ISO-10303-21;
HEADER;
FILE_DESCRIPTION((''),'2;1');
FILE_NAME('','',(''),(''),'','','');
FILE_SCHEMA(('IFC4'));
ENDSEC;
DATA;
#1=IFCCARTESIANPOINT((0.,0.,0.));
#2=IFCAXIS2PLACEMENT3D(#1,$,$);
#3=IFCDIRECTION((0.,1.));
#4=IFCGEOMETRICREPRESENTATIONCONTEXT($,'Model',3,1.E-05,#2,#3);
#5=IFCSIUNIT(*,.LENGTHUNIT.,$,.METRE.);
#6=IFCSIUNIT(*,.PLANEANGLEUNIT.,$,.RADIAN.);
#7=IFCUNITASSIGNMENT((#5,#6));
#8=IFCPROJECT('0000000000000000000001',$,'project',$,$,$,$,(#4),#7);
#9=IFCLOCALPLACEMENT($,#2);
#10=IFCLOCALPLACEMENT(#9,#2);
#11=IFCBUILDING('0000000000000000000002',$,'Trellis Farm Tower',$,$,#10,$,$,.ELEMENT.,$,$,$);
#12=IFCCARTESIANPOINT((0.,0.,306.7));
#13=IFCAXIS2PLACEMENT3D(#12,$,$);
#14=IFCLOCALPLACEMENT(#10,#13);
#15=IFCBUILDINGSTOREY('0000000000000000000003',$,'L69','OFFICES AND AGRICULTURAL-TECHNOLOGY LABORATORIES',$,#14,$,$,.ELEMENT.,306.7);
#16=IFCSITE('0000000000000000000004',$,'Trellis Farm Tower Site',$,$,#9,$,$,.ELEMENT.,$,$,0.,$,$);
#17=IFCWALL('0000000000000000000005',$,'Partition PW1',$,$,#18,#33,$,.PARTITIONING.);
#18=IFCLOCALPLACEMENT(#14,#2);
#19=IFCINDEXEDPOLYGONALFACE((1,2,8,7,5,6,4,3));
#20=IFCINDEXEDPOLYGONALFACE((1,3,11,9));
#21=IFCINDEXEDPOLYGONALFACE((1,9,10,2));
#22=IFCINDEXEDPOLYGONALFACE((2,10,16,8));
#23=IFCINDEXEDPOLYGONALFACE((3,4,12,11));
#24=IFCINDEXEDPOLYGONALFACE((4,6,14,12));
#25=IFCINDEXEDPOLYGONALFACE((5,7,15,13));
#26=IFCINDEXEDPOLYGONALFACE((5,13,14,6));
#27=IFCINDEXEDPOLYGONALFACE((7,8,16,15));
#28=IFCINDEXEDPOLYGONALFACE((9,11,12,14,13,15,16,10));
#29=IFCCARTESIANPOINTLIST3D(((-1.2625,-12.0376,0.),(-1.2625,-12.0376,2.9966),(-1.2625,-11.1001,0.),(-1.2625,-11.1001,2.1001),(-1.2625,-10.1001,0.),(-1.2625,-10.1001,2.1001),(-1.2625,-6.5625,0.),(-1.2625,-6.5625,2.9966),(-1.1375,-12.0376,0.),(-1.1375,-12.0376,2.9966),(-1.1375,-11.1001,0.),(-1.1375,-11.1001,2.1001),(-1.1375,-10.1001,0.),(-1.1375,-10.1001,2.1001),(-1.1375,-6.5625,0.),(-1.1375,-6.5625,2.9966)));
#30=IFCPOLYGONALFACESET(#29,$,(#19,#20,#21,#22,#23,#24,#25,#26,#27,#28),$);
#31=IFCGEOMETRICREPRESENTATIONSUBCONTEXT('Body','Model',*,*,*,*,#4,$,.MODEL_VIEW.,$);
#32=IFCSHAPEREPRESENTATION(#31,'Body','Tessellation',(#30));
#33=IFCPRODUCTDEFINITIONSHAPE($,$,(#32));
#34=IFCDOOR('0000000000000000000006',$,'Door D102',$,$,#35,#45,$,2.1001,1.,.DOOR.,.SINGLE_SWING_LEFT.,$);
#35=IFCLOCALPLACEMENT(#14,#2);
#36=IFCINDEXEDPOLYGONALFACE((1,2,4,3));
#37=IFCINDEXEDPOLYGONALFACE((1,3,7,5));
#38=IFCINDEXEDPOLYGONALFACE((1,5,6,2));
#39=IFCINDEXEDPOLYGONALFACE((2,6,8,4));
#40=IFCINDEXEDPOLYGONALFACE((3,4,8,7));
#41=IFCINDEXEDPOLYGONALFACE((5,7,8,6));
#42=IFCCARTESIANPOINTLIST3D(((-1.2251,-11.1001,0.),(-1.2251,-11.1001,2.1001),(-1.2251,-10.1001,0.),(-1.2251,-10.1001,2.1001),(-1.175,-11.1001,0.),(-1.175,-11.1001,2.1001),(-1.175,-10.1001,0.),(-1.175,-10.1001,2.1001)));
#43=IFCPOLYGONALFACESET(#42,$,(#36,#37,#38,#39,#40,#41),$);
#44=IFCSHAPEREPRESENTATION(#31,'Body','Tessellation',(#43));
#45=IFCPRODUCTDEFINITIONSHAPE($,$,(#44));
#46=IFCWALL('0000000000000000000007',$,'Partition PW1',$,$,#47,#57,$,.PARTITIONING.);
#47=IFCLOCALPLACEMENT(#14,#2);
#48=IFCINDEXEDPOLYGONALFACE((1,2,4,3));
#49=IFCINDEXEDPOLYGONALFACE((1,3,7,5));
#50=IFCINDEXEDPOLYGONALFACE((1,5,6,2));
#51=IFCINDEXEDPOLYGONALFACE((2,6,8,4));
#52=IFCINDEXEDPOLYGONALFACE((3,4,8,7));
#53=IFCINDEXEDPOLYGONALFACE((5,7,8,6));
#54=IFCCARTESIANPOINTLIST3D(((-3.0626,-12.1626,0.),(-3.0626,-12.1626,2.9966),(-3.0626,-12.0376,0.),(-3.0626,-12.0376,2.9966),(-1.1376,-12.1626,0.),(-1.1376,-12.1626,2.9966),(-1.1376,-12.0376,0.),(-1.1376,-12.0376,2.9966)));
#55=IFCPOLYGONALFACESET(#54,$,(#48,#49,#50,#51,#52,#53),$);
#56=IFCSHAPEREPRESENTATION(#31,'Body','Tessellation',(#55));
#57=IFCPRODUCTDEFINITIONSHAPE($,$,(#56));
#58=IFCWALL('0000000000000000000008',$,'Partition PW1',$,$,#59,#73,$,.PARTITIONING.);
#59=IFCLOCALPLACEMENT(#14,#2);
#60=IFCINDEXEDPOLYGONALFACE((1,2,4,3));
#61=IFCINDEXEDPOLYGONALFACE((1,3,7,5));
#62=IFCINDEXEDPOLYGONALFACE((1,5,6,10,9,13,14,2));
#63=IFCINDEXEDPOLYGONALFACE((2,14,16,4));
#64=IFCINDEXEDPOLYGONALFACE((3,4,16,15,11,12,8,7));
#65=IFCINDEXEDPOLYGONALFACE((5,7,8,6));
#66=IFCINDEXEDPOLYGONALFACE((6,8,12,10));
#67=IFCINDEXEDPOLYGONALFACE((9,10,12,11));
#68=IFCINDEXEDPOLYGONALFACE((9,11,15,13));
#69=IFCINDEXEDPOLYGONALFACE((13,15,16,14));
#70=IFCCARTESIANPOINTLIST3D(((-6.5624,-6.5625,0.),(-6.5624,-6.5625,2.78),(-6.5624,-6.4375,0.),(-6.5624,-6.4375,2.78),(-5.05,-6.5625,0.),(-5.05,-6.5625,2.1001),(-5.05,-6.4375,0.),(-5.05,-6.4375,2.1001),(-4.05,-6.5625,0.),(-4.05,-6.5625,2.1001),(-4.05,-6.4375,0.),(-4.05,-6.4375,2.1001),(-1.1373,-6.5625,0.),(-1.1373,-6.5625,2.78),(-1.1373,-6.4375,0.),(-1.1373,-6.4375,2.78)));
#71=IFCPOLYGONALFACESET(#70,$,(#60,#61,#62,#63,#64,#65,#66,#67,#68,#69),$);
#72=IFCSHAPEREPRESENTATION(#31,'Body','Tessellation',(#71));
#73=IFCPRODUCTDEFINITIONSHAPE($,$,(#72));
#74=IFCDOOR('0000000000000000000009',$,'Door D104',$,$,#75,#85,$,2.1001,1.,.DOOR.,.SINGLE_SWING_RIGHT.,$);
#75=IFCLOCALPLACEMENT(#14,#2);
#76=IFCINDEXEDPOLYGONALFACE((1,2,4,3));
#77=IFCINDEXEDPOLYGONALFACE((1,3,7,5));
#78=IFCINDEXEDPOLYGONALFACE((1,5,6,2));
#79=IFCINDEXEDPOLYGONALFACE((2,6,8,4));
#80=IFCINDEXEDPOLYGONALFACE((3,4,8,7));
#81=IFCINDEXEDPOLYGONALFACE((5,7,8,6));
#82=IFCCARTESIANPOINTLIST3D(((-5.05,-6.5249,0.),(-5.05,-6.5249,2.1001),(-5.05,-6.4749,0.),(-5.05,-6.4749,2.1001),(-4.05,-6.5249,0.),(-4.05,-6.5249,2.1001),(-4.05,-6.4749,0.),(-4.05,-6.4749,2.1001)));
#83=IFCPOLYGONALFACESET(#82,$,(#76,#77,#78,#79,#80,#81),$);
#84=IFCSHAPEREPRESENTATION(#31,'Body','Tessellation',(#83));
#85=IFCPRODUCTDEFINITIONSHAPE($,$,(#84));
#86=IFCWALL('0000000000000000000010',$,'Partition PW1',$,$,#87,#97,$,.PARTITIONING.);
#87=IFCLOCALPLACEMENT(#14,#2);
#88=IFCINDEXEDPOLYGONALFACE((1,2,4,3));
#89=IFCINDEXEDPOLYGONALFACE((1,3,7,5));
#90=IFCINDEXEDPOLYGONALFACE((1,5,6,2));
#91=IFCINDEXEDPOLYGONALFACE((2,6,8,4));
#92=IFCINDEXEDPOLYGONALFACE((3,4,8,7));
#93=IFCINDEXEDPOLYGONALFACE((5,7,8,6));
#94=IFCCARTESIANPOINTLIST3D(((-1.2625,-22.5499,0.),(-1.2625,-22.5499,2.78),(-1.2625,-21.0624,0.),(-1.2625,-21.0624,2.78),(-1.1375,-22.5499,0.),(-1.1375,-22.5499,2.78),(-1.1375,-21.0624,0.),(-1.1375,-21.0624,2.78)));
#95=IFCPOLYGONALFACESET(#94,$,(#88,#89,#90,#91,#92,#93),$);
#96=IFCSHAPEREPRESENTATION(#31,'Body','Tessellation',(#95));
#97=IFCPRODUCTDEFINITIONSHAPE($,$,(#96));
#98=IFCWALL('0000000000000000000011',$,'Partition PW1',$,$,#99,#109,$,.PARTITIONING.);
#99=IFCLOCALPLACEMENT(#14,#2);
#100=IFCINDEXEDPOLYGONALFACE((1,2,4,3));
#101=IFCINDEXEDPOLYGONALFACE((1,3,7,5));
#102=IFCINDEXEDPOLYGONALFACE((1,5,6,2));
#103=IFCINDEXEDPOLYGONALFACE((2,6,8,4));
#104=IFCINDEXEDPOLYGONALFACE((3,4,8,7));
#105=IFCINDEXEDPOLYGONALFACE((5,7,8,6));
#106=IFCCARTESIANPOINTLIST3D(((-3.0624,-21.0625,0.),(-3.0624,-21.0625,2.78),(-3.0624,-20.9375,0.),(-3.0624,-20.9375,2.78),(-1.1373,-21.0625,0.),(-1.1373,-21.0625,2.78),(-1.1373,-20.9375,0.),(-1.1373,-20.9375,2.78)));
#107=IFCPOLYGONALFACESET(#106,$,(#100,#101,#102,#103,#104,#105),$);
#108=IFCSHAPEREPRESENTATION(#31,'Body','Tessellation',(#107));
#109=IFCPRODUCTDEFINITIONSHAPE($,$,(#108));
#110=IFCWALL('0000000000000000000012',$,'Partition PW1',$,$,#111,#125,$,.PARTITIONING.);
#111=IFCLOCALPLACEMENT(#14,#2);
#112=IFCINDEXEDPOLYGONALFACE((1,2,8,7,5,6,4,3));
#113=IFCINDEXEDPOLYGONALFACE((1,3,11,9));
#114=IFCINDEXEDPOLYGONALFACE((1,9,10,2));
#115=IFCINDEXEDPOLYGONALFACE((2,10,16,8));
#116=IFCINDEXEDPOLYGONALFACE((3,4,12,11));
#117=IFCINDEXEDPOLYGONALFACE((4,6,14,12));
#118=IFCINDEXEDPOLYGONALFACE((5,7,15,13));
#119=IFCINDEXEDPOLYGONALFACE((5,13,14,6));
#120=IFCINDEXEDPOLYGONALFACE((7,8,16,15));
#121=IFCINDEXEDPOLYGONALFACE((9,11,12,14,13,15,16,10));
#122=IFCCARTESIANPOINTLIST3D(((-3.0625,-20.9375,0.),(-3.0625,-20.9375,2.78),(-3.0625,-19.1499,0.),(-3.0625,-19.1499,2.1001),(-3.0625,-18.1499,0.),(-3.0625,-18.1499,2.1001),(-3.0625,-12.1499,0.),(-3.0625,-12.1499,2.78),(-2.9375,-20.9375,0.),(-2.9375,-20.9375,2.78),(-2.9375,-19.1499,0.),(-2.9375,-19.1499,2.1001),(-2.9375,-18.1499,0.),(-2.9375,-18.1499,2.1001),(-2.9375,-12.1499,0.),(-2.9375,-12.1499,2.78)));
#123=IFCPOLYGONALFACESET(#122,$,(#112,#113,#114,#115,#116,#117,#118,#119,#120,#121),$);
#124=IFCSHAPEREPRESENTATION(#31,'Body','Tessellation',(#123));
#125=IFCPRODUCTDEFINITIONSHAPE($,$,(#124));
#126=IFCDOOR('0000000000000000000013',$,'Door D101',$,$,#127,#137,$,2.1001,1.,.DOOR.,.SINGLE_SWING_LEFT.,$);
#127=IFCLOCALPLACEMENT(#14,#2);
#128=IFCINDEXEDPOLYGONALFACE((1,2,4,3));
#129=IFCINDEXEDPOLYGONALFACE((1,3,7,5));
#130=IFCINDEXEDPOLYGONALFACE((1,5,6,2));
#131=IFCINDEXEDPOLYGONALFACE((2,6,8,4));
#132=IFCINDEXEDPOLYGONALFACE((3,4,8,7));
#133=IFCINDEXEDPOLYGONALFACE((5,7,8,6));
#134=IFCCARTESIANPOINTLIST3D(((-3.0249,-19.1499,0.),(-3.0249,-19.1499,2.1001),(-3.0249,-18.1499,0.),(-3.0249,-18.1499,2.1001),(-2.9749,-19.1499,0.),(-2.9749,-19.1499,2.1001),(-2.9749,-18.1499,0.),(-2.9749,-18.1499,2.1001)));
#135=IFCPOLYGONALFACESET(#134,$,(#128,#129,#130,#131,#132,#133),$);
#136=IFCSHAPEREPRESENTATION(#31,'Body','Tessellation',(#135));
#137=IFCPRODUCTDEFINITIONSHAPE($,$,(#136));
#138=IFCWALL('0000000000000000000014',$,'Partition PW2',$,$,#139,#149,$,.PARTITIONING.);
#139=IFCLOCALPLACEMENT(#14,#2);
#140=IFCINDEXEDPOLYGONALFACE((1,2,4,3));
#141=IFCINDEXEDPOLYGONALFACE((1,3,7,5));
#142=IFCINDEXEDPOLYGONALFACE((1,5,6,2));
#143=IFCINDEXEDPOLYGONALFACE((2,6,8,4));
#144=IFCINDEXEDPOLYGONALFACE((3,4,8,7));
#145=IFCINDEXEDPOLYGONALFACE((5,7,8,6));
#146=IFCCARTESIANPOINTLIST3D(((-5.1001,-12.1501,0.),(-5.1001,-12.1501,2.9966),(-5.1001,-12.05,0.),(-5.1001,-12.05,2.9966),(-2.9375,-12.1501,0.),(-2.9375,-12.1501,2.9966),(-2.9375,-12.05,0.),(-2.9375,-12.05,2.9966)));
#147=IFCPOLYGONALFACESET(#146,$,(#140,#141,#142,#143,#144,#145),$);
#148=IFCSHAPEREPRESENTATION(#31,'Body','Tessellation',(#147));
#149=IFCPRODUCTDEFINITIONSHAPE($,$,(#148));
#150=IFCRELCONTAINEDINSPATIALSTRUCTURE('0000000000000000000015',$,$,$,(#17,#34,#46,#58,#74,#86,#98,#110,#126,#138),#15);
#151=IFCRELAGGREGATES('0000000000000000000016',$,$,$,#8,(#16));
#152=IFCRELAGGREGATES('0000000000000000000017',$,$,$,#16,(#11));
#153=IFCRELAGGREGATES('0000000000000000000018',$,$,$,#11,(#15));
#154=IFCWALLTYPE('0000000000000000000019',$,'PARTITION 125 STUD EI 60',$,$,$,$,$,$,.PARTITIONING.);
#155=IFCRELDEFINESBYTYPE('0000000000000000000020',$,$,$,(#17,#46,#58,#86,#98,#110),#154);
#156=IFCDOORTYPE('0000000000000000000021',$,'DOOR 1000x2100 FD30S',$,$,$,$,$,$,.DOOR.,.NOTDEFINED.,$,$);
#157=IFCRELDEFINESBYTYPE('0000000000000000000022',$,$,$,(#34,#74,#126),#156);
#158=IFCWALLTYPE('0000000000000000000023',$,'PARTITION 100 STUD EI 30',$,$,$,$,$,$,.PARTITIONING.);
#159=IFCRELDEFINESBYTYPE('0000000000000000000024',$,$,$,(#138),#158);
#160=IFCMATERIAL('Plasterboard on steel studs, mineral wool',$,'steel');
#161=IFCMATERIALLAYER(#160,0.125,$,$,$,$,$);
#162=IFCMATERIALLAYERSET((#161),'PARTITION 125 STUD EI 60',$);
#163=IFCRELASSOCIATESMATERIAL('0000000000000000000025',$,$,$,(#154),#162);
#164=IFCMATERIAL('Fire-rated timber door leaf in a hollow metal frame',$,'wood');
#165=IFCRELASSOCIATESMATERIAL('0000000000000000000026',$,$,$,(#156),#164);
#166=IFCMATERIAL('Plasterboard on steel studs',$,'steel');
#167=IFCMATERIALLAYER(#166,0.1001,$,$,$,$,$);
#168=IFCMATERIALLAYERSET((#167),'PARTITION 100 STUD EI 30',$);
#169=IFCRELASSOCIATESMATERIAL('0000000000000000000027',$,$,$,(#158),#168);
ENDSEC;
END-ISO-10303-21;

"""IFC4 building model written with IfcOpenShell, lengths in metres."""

from ifc_helpers import new_model, si_unit, direction, frame, frame_2d, origin, place, context, subcontext, project, spatial, rectangle, extrude, source, transform, mapped, material, layer, layer_set, type_object, element, fill, save


model = new_model("IFC4")

# Units and contexts
model_context = context("Model", 3, precision=1e-05, world=origin(), true_north=direction((0.0, 1.0)))
body_context = subcontext(model_context, "Body", "Model", "MODEL_VIEW")
ifc_project = project(units=[si_unit("LENGTHUNIT", "METRE"), si_unit("PLANEANGLEUNIT", "RADIAN")], contexts=[model_context])

# Site, building, storey
site_placement = place(None, origin())
site = spatial("IfcSite", under=ifc_project, at=site_placement, Name="Trellis Farm Tower Site", CompositionType="ELEMENT", RefElevation=0.0)
building_placement = place(site_placement, origin())
building = spatial("IfcBuilding", under=site, at=building_placement, Name="Trellis Farm Tower", CompositionType="ELEMENT")
storey_placement = place(building_placement, frame((0.0, 0.0, 306.7)))
storey = spatial("IfcBuildingStorey", under=building, at=storey_placement, Name="L69", Description="OFFICES AND AGRICULTURAL-TECHNOLOGY LABORATORIES", CompositionType="ELEMENT", Elevation=306.7)

# Wall, opening, door
ifc_material_1 = material(Name="Plasterboard on steel studs, mineral wool", Category="steel")
ifc_layer_1 = layer(ifc_material_1, 0.125)
ifc_layer_set_1 = layer_set([ifc_layer_1], Name="PARTITION 125 STUD EI 60")
wall_type_1 = type_object("IfcWallType", Name="PARTITION 125 STUD EI 60", PredefinedType="PARTITIONING", material=ifc_layer_set_1)
shared_shape_1 = source(origin(), body_context, "Body", "SweptSolid", [
    extrude(rectangle(XDim=5.4751, YDim=0.125, at=frame_2d((2.7375, 0.0))), origin(), (0.0, 0.0, 1.0), 2.9966),
])
wall_1_placement = place(storey_placement, frame((-1.2, -6.5625, 0.0), z_axis=(0.0, 0.0, 1.0), x_axis=(0.0, -1.0, 0.0)))
wall_1 = element("IfcWall", 1, at=wall_1_placement, inside=storey, type_object=wall_type_1, Name="Partition PW1", PredefinedType="PARTITIONING", context=body_context, shape_type="MappedRepresentation", body=[
    mapped(shared_shape_1, transform((0.0, 0.0, 0.0))),
])
shared_shape_2 = source(origin(), body_context, "Body", "SweptSolid", [
    extrude(rectangle(XDim=1.0, YDim=2.1001, at=frame_2d((0.5, 1.05))), frame((0.0, 0.0725, 0.0), z_axis=(0.0, -1.0, 0.0), x_axis=(1.0, 0.0, 0.0)), (0.0, 0.0, 1.0), 0.145),
])
opening_1_placement = place(wall_1_placement, frame((3.5376, 0.0, 0.0)))
opening_1 = element("IfcOpeningElement", 2, at=opening_1_placement, cuts=wall_1, PredefinedType="OPENING", context=body_context, shape_type="MappedRepresentation", body=[
    mapped(shared_shape_2, transform((0.0, 0.0, 0.0))),
])
ifc_material_2 = material(Name="Fire-rated timber door leaf in a hollow metal frame", Category="wood")
door_type = type_object("IfcDoorType", Name="DOOR 1000x2100 FD30S", OperationType="NOTDEFINED", PredefinedType="DOOR", material=ifc_material_2)
shared_shape_3 = source(origin(), body_context, "Body", "SweptSolid", [
    extrude(rectangle(XDim=1.0, YDim=2.1001, at=frame_2d((0.5, 1.05))), frame((0.0, 0.0249, 0.0), z_axis=(0.0, -1.0, 0.0), x_axis=(1.0, 0.0, 0.0)), (0.0, 0.0, 1.0), 0.05),
])
door_1_placement = place(opening_1_placement, origin())
door_1 = element("IfcDoor", 3, at=door_1_placement, inside=storey, type_object=door_type, Name="Door D102", OperationType="SINGLE_SWING_LEFT", OverallHeight=2.1001, OverallWidth=1.0, PredefinedType="DOOR", context=body_context, shape_type="MappedRepresentation", body=[
    mapped(shared_shape_3, transform((0.0, 0.0, 0.0))),
])
fill(opening_1, door_1)

# Wall
shared_shape_4 = source(origin(), body_context, "Body", "SweptSolid", [
    extrude(rectangle(XDim=1.925, YDim=0.125, at=frame_2d((0.9624, 0.0))), origin(), (0.0, 0.0, 1.0), 2.9966),
])
wall_2_placement = place(storey_placement, frame((-3.0625, -12.1001, 0.0), z_axis=(0.0, 0.0, 1.0), x_axis=(1.0, 0.0, 0.0)))
element("IfcWall", 4, at=wall_2_placement, inside=storey, type_object=wall_type_1, Name="Partition PW1", PredefinedType="PARTITIONING", context=body_context, shape_type="MappedRepresentation", body=[
    mapped(shared_shape_4, transform((0.0, 0.0, 0.0))),
])

# Wall, opening, door
shared_shape_5 = source(origin(), body_context, "Body", "SweptSolid", [
    extrude(rectangle(XDim=5.425, YDim=0.125, at=frame_2d((2.7124, 0.0))), origin(), (0.0, 0.0, 1.0), 2.78),
])
wall_3_placement = place(storey_placement, frame((-1.1375, -6.5, 0.0), z_axis=(0.0, 0.0, 1.0), x_axis=(-1.0, 0.0, 0.0)))
wall_3 = element("IfcWall", 5, at=wall_3_placement, inside=storey, type_object=wall_type_1, Name="Partition PW1", PredefinedType="PARTITIONING", context=body_context, shape_type="MappedRepresentation", body=[
    mapped(shared_shape_5, transform((0.0, 0.0, 0.0))),
])
opening_2_placement = place(wall_3_placement, frame((2.9126, 0.0, 0.0)))
opening_2 = element("IfcOpeningElement", 6, at=opening_2_placement, cuts=wall_3, PredefinedType="OPENING", context=body_context, shape_type="MappedRepresentation", body=[
    mapped(shared_shape_2, transform((0.0, 0.0, 0.0))),
])
door_2_placement = place(opening_2_placement, origin())
door_2 = element("IfcDoor", 7, at=door_2_placement, inside=storey, type_object=door_type, Name="Door D104", OperationType="SINGLE_SWING_RIGHT", OverallHeight=2.1001, OverallWidth=1.0, PredefinedType="DOOR", context=body_context, shape_type="MappedRepresentation", body=[
    mapped(shared_shape_3, transform((0.0, 0.0, 0.0))),
])
fill(opening_2, door_2)

# Walls
shared_shape_6 = source(origin(), body_context, "Body", "SweptSolid", [
    extrude(rectangle(XDim=1.4875, YDim=0.125, at=frame_2d((0.7437, 0.0))), origin(), (0.0, 0.0, 1.0), 2.78),
])
wall_4_placement = place(storey_placement, frame((-1.2, -21.0625, 0.0), z_axis=(0.0, 0.0, 1.0), x_axis=(0.0, -1.0, 0.0)))
element("IfcWall", 8, at=wall_4_placement, inside=storey, type_object=wall_type_1, Name="Partition PW1", PredefinedType="PARTITIONING", context=body_context, shape_type="MappedRepresentation", body=[
    mapped(shared_shape_6, transform((0.0, 0.0, 0.0))),
])
shared_shape_7 = source(origin(), body_context, "Body", "SweptSolid", [
    extrude(rectangle(XDim=1.925, YDim=0.125, at=frame_2d((0.9624, 0.0))), origin(), (0.0, 0.0, 1.0), 2.78),
])
wall_5_placement = place(storey_placement, frame((-1.1375, -21.0, 0.0), z_axis=(0.0, 0.0, 1.0), x_axis=(-1.0, 0.0, 0.0)))
element("IfcWall", 9, at=wall_5_placement, inside=storey, type_object=wall_type_1, Name="Partition PW1", PredefinedType="PARTITIONING", context=body_context, shape_type="MappedRepresentation", body=[
    mapped(shared_shape_7, transform((0.0, 0.0, 0.0))),
])

# Wall, opening, door
shared_shape_8 = source(origin(), body_context, "Body", "SweptSolid", [
    extrude(rectangle(XDim=8.7876, YDim=0.125, at=frame_2d((4.3938, 0.0))), origin(), (0.0, 0.0, 1.0), 2.78),
])
wall_6_placement = place(storey_placement, frame((-3.0, -20.9375, 0.0), z_axis=(0.0, 0.0, 1.0), x_axis=(0.0, 1.0, 0.0)))
wall_6 = element("IfcWall", 10, at=wall_6_placement, inside=storey, type_object=wall_type_1, Name="Partition PW1", PredefinedType="PARTITIONING", context=body_context, shape_type="MappedRepresentation", body=[
    mapped(shared_shape_8, transform((0.0, 0.0, 0.0))),
])
opening_3_placement = place(wall_6_placement, frame((1.7876, 0.0, 0.0)))
opening_3 = element("IfcOpeningElement", 11, at=opening_3_placement, cuts=wall_6, PredefinedType="OPENING", context=body_context, shape_type="MappedRepresentation", body=[
    mapped(shared_shape_2, transform((0.0, 0.0, 0.0))),
])
door_3_placement = place(opening_3_placement, origin())
door_3 = element("IfcDoor", 12, at=door_3_placement, inside=storey, type_object=door_type, Name="Door D101", OperationType="SINGLE_SWING_LEFT", OverallHeight=2.1001, OverallWidth=1.0, PredefinedType="DOOR", context=body_context, shape_type="MappedRepresentation", body=[
    mapped(shared_shape_3, transform((0.0, 0.0, 0.0))),
])
fill(opening_3, door_3)

# Wall
ifc_material_3 = material(Name="Plasterboard on steel studs", Category="steel")
ifc_layer_2 = layer(ifc_material_3, 0.1001)
ifc_layer_set_2 = layer_set([ifc_layer_2], Name="PARTITION 100 STUD EI 30")
wall_type_2 = type_object("IfcWallType", Name="PARTITION 100 STUD EI 30", PredefinedType="PARTITIONING", material=ifc_layer_set_2)
shared_shape_9 = source(origin(), body_context, "Body", "SweptSolid", [
    extrude(rectangle(XDim=2.1626, YDim=0.1001, at=frame_2d((1.0813, 0.0))), origin(), (0.0, 0.0, 1.0), 2.9966),
])
wall_7_placement = place(storey_placement, frame((-5.1001, -12.1001, 0.0), z_axis=(0.0, 0.0, 1.0), x_axis=(1.0, 0.0, 0.0)))
element("IfcWall", 13, at=wall_7_placement, inside=storey, type_object=wall_type_2, Name="Partition PW2", PredefinedType="PARTITIONING", context=body_context, shape_type="MappedRepresentation", body=[
    mapped(shared_shape_9, transform((0.0, 0.0, 0.0))),
])

save(model, "model.ifc")
